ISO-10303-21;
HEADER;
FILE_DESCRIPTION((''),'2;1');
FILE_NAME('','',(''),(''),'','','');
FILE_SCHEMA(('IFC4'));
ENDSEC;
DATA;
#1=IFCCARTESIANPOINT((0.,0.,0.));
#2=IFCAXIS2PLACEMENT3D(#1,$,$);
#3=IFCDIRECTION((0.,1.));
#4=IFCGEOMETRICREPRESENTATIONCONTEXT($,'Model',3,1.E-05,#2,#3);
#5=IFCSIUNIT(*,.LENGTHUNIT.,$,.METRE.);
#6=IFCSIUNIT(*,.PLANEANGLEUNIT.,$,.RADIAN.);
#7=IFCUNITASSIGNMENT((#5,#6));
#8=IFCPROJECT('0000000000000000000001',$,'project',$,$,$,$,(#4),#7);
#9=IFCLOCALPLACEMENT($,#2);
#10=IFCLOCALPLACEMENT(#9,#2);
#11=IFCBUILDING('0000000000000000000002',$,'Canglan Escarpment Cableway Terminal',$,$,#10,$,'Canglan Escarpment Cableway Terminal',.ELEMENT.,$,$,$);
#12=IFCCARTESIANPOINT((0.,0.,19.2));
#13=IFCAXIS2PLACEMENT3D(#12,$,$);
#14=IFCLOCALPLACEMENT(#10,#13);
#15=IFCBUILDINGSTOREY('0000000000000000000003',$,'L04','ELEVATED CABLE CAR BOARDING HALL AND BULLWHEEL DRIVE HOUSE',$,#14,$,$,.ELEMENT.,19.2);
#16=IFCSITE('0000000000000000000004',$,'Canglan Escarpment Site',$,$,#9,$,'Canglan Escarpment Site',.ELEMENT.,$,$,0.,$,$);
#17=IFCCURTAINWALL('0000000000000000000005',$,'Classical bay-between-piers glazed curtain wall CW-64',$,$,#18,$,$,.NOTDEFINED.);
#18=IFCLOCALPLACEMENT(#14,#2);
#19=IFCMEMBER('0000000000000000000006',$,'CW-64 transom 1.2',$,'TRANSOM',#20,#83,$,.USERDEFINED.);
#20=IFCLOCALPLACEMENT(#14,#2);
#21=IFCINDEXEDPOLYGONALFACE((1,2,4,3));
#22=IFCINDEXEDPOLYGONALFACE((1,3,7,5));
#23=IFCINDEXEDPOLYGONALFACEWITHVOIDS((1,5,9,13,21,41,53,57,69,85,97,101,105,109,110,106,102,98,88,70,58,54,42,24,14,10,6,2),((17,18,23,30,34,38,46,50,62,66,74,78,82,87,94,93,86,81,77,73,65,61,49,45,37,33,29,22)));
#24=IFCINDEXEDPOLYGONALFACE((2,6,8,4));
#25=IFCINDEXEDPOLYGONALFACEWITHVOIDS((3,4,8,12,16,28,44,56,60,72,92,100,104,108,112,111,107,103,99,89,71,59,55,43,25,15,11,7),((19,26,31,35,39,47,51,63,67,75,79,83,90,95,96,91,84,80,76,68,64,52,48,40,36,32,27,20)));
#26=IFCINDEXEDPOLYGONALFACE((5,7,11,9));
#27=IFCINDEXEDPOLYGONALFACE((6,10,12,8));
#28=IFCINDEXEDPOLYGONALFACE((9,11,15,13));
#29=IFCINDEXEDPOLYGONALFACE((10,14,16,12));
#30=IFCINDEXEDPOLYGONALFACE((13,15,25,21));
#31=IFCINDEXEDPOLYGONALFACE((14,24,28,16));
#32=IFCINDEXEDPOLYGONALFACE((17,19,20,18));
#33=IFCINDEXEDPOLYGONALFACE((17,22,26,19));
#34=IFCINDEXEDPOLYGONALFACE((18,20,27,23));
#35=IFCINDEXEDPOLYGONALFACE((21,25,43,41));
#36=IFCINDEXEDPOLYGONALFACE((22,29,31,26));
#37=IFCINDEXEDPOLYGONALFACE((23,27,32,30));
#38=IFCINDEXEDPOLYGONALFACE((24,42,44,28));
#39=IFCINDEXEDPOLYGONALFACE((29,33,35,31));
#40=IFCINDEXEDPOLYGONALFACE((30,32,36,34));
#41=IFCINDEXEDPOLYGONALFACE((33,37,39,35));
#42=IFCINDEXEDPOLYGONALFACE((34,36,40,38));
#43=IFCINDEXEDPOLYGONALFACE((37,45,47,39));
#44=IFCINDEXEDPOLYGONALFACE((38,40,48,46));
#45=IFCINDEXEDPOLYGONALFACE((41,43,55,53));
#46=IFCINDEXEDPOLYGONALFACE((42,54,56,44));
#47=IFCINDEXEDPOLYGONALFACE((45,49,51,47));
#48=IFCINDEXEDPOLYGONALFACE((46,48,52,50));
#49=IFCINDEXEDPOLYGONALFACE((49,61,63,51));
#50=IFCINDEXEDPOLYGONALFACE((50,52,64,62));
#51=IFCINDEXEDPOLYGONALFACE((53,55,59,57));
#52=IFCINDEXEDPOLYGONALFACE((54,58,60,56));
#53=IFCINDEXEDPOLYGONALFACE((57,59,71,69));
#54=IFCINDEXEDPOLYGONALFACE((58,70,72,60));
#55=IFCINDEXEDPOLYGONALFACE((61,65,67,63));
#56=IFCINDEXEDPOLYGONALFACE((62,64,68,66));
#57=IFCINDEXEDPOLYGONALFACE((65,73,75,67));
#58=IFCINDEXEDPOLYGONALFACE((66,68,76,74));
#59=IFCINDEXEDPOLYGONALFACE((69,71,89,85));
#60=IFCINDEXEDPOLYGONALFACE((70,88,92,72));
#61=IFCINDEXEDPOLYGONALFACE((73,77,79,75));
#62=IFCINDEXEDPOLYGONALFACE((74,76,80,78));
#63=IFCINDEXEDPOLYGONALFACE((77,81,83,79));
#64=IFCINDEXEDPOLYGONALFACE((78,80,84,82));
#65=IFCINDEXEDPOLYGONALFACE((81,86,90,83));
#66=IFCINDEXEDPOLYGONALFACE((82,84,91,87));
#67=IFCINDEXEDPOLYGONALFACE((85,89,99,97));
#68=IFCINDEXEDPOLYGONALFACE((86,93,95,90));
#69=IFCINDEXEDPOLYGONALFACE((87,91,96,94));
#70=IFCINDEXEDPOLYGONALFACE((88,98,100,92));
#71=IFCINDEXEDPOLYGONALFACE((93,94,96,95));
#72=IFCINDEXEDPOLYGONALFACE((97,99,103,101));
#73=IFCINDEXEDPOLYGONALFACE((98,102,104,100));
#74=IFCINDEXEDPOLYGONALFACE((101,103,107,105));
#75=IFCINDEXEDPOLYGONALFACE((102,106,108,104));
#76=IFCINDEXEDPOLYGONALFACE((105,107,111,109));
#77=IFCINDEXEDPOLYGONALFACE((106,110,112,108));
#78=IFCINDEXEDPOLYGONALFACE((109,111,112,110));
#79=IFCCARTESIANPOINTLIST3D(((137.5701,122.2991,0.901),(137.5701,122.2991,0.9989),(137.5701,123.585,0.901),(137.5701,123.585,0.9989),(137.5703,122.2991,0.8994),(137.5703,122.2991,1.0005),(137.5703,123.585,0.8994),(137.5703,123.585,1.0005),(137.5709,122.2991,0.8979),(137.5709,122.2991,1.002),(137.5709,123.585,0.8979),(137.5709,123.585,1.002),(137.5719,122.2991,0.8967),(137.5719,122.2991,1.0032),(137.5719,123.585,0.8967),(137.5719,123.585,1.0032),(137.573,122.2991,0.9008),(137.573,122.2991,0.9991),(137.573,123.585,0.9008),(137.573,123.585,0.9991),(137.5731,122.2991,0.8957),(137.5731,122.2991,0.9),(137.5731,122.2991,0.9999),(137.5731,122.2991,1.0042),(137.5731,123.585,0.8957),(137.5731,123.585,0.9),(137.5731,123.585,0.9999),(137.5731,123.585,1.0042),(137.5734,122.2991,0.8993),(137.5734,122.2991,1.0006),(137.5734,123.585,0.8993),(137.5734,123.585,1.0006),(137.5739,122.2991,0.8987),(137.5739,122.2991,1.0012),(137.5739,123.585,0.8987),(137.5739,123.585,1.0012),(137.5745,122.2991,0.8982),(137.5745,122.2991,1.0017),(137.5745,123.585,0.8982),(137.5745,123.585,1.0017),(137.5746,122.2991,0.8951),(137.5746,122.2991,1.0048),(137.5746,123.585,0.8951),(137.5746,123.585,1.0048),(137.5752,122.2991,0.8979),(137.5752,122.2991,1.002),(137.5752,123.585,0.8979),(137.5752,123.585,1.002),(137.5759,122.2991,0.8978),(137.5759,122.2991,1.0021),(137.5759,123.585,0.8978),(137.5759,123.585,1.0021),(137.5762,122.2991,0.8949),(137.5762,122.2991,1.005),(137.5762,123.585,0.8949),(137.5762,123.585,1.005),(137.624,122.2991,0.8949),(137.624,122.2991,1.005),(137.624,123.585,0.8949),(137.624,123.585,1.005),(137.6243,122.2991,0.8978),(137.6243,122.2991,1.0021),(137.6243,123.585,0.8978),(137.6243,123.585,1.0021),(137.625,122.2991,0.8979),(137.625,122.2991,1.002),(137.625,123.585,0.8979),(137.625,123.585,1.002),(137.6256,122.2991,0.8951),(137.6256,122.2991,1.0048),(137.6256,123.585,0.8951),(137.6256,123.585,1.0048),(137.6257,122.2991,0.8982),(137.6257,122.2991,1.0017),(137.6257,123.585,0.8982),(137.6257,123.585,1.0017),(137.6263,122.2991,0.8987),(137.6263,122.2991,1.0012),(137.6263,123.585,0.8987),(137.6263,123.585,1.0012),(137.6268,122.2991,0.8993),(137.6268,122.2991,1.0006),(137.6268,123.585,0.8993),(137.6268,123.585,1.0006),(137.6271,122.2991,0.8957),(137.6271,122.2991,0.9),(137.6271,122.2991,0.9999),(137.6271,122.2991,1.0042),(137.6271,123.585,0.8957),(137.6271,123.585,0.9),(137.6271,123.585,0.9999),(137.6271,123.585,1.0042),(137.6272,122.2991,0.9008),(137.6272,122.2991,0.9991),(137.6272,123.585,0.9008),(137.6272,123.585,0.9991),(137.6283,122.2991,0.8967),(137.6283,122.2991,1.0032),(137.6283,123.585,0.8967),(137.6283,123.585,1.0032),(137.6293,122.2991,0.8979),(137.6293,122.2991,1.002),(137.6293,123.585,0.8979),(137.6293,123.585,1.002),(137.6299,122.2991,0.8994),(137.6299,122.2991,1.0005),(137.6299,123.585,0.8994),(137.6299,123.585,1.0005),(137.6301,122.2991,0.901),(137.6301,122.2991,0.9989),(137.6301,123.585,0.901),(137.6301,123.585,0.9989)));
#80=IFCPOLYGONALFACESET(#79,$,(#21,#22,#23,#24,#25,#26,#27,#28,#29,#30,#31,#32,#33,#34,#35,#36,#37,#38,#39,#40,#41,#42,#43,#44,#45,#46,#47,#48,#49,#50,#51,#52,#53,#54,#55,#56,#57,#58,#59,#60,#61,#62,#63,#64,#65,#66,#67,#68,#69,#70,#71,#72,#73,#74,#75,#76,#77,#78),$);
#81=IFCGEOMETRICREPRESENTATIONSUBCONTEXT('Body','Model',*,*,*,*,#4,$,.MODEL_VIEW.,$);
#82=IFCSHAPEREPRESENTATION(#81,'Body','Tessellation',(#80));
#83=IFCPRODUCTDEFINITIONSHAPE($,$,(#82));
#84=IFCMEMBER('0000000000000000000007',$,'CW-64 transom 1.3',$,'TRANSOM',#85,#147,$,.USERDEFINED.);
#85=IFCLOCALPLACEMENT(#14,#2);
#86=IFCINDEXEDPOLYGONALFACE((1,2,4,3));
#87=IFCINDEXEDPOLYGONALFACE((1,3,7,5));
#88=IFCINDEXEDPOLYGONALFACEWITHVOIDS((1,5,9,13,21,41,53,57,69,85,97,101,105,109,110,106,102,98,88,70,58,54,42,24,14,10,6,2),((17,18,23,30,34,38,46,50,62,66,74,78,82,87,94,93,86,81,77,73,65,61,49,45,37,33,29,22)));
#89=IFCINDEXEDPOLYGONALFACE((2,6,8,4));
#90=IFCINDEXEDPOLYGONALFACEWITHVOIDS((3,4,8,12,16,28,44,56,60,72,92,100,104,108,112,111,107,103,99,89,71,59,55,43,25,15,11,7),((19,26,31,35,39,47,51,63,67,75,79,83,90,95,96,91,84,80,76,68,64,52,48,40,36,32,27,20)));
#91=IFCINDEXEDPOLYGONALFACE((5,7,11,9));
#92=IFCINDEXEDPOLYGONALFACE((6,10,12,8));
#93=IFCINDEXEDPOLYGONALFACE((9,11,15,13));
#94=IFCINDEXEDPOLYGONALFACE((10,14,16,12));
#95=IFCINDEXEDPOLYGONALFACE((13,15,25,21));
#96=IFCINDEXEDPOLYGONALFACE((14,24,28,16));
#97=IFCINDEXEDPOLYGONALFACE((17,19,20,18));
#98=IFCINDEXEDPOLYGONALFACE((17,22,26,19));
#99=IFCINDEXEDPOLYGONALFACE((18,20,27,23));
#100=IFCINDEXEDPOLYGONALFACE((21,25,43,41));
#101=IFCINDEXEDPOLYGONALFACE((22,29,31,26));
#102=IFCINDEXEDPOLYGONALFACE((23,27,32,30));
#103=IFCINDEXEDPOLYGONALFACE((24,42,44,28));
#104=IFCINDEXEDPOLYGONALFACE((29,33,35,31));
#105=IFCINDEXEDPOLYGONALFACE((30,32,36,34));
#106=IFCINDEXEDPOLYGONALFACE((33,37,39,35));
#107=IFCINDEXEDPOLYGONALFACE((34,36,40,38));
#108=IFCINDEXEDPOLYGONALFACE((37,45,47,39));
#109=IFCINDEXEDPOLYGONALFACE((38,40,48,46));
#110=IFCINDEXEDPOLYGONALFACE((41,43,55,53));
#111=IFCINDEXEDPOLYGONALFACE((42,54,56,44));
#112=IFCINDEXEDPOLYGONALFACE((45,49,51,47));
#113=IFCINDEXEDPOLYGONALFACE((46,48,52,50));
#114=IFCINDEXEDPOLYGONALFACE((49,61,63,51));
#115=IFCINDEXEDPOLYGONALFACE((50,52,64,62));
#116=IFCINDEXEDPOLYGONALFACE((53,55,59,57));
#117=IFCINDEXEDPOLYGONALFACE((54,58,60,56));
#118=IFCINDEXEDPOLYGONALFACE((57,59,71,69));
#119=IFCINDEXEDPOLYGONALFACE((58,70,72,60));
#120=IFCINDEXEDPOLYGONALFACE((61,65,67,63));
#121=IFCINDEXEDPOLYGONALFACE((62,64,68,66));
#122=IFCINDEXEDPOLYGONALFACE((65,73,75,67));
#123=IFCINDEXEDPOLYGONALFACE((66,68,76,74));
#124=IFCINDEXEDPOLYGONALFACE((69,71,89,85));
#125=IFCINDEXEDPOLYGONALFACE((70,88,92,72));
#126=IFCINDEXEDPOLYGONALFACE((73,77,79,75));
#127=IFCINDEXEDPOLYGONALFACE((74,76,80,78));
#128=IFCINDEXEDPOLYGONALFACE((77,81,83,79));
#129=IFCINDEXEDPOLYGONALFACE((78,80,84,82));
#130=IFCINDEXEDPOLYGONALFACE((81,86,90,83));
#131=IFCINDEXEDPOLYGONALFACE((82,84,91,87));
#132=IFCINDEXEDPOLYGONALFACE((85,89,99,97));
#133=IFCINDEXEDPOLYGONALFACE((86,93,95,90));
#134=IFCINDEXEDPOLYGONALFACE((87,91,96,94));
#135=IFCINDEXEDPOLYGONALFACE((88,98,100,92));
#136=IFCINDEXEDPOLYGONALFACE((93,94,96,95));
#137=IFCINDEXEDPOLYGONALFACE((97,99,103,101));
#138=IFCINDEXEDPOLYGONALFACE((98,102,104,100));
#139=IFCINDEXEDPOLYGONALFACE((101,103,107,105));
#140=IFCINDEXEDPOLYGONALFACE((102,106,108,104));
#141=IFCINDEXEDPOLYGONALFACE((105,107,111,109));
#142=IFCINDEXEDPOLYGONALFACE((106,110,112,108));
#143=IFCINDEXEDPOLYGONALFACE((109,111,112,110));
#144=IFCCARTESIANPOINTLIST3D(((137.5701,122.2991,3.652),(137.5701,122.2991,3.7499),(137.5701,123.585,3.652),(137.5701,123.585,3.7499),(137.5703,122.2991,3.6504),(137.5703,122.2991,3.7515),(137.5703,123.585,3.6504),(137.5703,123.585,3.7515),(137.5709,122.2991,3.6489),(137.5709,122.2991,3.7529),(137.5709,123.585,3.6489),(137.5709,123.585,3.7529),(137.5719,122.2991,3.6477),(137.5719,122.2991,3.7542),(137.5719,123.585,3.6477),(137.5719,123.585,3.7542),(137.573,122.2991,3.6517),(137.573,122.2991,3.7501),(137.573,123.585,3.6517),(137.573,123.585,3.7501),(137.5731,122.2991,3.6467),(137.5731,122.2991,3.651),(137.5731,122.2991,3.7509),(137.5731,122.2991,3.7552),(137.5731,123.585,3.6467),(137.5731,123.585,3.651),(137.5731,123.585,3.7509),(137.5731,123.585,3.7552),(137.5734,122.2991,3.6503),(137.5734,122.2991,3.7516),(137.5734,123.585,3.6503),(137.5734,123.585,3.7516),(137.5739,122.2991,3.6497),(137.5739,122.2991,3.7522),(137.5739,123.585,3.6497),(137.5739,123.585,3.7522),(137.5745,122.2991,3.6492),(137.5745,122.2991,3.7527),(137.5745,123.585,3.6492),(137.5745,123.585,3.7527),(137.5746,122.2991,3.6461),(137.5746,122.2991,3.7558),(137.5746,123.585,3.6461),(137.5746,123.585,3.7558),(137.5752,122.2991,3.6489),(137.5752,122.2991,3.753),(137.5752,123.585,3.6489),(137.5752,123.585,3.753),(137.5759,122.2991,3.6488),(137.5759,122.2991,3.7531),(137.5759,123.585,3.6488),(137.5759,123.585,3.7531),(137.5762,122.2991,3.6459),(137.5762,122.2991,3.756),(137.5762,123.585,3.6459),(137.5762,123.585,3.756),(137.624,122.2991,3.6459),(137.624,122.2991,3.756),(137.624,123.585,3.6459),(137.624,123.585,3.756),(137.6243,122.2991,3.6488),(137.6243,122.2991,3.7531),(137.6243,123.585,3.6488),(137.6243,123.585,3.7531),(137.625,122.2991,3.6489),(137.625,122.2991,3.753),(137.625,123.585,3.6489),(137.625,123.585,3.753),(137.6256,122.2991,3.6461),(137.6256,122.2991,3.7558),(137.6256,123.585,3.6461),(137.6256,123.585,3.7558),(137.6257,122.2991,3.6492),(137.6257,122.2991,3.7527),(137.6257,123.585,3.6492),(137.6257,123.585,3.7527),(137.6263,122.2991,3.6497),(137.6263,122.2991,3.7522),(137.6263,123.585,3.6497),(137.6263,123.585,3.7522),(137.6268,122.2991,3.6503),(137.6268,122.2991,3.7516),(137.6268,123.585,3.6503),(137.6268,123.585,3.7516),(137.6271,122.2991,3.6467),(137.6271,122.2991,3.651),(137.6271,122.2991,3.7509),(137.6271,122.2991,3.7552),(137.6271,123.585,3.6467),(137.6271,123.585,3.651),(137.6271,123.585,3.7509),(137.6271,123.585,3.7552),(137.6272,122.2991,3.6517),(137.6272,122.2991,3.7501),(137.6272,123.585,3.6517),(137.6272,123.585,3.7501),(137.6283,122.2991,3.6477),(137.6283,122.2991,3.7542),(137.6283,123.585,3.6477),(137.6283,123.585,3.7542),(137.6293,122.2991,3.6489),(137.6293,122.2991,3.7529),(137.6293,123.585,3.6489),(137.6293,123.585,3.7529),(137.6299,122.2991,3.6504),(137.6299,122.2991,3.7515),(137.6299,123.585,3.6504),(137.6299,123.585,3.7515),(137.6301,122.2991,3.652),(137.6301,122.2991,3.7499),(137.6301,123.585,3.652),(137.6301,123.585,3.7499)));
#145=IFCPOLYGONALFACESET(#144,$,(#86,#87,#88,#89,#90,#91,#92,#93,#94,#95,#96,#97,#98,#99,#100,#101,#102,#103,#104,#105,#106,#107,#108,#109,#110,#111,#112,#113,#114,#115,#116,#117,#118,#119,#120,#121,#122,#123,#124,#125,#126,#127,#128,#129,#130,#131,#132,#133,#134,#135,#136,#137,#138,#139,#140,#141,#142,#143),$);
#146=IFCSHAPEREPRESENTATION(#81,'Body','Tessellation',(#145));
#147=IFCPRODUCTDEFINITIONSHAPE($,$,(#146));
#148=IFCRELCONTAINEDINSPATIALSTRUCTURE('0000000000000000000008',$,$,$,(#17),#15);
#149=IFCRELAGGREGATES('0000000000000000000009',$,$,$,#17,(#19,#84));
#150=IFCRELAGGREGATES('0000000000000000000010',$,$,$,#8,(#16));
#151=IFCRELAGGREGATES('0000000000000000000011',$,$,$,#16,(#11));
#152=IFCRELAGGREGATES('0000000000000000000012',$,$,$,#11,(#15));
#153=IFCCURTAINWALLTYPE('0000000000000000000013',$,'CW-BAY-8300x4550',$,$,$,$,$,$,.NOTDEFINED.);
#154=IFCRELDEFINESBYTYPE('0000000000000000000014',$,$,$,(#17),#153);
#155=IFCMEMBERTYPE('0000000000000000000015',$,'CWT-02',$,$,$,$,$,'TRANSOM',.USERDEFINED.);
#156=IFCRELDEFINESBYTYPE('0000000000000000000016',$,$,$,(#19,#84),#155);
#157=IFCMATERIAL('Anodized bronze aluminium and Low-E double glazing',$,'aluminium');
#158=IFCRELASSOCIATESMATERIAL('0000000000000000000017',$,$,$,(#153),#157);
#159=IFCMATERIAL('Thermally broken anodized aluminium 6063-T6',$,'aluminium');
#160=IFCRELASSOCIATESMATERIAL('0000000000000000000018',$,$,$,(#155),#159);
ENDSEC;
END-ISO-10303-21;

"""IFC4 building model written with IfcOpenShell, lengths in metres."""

from ifc_helpers import new_model, si_unit, direction, frame, origin, origin_2d, place, context, subcontext, project, spatial, hollow_rectangle, extrude, material, material_profile, profile_set, type_object, element, aggregate, save


model = new_model("IFC4")

# Units and contexts
model_context = context("Model", 3, precision=1e-05, world=origin(), true_north=direction((0.0, 1.0)))
body_context = subcontext(model_context, "Body", "Model", "MODEL_VIEW")
ifc_project = project(units=[si_unit("LENGTHUNIT", "METRE"), si_unit("PLANEANGLEUNIT", "RADIAN")], contexts=[model_context])

# Site, building, storey
site_placement = place(None, origin())
site = spatial("IfcSite", under=ifc_project, at=site_placement, Name="Canglan Escarpment Site", LongName="Canglan Escarpment Site", CompositionType="ELEMENT", RefElevation=0.0)
building_placement = place(site_placement, origin())
building = spatial("IfcBuilding", under=site, at=building_placement, Name="Canglan Escarpment Cableway Terminal", LongName="Canglan Escarpment Cableway Terminal", CompositionType="ELEMENT")
storey_placement = place(building_placement, frame((0.0, 0.0, 19.2)))
storey = spatial("IfcBuildingStorey", under=building, at=storey_placement, Name="L04", Description="ELEVATED CABLE CAR BOARDING HALL AND BULLWHEEL DRIVE HOUSE", CompositionType="ELEMENT", Elevation=19.2)

# Curtain wall
ifc_material_1 = material(Name="Anodized bronze aluminium and Low-E double glazing", Category="aluminium")
ifc_material_2 = material(Name="Thermally broken anodized aluminium 6063-T6", Category="aluminium")
curtain_wall_type_1 = type_object("IfcCurtainWallType", Name="CW-BAY-8300x4550", PredefinedType="NOTDEFINED", material=ifc_material_1)
curtain_wall_1_placement = place(storey_placement, origin())
curtain_wall_1 = element("IfcCurtainWall", 1, at=curtain_wall_1_placement, inside=storey, type_object=curtain_wall_type_1, Name="Classical bay-between-piers glazed curtain wall CW-64", PredefinedType="NOTDEFINED")

# Members
ifc_material_profile_1 = material_profile(ifc_material_2, hollow_rectangle(XDim=0.0601, YDim=0.1101, WallThickness=0.0029, InnerFilletRadius=0.0029, OuterFilletRadius=0.0061, at=origin_2d()), Name="ALU-TRAN 60x110x3")
ifc_profile_set_1 = profile_set([ifc_material_profile_1], Name="Thermally broken anodized aluminium 6063-T6")
member_type_1 = type_object("IfcMemberType", Name="CWT-02", ElementType="TRANSOM", PredefinedType="USERDEFINED", material=ifc_profile_set_1)
member_1_placement = place(storey_placement, frame((137.6001, 123.585, 0.95), z_axis=(0.0, -1.0, 0.0), x_axis=(1.0, 0.0, 0.0)))
member_1 = element("IfcMember", 2, at=member_1_placement, type_object=member_type_1, Name="CW-64 transom 1.2", ObjectType="TRANSOM", PredefinedType="USERDEFINED", context=body_context, shape_type="SweptSolid", body=[
    extrude(hollow_rectangle(XDim=0.0601, YDim=0.1101, WallThickness=0.0029, InnerFilletRadius=0.0029, OuterFilletRadius=0.0061, at=origin_2d()), origin(), (0.0, 0.0, 1.0), 1.2859),
])
member_2_placement = place(storey_placement, frame((137.6001, 123.585, 3.7009), z_axis=(0.0, -1.0, 0.0), x_axis=(1.0, 0.0, 0.0)))
member_2 = element("IfcMember", 3, at=member_2_placement, type_object=member_type_1, Name="CW-64 transom 1.3", ObjectType="TRANSOM", PredefinedType="USERDEFINED", context=body_context, shape_type="SweptSolid", body=[
    extrude(hollow_rectangle(XDim=0.0601, YDim=0.1101, WallThickness=0.0029, InnerFilletRadius=0.0029, OuterFilletRadius=0.0061, at=origin_2d()), origin(), (0.0, 0.0, 1.0), 1.2859),
])

aggregate(curtain_wall_1, [member_1, member_2])

save(model, "model.ifc")
